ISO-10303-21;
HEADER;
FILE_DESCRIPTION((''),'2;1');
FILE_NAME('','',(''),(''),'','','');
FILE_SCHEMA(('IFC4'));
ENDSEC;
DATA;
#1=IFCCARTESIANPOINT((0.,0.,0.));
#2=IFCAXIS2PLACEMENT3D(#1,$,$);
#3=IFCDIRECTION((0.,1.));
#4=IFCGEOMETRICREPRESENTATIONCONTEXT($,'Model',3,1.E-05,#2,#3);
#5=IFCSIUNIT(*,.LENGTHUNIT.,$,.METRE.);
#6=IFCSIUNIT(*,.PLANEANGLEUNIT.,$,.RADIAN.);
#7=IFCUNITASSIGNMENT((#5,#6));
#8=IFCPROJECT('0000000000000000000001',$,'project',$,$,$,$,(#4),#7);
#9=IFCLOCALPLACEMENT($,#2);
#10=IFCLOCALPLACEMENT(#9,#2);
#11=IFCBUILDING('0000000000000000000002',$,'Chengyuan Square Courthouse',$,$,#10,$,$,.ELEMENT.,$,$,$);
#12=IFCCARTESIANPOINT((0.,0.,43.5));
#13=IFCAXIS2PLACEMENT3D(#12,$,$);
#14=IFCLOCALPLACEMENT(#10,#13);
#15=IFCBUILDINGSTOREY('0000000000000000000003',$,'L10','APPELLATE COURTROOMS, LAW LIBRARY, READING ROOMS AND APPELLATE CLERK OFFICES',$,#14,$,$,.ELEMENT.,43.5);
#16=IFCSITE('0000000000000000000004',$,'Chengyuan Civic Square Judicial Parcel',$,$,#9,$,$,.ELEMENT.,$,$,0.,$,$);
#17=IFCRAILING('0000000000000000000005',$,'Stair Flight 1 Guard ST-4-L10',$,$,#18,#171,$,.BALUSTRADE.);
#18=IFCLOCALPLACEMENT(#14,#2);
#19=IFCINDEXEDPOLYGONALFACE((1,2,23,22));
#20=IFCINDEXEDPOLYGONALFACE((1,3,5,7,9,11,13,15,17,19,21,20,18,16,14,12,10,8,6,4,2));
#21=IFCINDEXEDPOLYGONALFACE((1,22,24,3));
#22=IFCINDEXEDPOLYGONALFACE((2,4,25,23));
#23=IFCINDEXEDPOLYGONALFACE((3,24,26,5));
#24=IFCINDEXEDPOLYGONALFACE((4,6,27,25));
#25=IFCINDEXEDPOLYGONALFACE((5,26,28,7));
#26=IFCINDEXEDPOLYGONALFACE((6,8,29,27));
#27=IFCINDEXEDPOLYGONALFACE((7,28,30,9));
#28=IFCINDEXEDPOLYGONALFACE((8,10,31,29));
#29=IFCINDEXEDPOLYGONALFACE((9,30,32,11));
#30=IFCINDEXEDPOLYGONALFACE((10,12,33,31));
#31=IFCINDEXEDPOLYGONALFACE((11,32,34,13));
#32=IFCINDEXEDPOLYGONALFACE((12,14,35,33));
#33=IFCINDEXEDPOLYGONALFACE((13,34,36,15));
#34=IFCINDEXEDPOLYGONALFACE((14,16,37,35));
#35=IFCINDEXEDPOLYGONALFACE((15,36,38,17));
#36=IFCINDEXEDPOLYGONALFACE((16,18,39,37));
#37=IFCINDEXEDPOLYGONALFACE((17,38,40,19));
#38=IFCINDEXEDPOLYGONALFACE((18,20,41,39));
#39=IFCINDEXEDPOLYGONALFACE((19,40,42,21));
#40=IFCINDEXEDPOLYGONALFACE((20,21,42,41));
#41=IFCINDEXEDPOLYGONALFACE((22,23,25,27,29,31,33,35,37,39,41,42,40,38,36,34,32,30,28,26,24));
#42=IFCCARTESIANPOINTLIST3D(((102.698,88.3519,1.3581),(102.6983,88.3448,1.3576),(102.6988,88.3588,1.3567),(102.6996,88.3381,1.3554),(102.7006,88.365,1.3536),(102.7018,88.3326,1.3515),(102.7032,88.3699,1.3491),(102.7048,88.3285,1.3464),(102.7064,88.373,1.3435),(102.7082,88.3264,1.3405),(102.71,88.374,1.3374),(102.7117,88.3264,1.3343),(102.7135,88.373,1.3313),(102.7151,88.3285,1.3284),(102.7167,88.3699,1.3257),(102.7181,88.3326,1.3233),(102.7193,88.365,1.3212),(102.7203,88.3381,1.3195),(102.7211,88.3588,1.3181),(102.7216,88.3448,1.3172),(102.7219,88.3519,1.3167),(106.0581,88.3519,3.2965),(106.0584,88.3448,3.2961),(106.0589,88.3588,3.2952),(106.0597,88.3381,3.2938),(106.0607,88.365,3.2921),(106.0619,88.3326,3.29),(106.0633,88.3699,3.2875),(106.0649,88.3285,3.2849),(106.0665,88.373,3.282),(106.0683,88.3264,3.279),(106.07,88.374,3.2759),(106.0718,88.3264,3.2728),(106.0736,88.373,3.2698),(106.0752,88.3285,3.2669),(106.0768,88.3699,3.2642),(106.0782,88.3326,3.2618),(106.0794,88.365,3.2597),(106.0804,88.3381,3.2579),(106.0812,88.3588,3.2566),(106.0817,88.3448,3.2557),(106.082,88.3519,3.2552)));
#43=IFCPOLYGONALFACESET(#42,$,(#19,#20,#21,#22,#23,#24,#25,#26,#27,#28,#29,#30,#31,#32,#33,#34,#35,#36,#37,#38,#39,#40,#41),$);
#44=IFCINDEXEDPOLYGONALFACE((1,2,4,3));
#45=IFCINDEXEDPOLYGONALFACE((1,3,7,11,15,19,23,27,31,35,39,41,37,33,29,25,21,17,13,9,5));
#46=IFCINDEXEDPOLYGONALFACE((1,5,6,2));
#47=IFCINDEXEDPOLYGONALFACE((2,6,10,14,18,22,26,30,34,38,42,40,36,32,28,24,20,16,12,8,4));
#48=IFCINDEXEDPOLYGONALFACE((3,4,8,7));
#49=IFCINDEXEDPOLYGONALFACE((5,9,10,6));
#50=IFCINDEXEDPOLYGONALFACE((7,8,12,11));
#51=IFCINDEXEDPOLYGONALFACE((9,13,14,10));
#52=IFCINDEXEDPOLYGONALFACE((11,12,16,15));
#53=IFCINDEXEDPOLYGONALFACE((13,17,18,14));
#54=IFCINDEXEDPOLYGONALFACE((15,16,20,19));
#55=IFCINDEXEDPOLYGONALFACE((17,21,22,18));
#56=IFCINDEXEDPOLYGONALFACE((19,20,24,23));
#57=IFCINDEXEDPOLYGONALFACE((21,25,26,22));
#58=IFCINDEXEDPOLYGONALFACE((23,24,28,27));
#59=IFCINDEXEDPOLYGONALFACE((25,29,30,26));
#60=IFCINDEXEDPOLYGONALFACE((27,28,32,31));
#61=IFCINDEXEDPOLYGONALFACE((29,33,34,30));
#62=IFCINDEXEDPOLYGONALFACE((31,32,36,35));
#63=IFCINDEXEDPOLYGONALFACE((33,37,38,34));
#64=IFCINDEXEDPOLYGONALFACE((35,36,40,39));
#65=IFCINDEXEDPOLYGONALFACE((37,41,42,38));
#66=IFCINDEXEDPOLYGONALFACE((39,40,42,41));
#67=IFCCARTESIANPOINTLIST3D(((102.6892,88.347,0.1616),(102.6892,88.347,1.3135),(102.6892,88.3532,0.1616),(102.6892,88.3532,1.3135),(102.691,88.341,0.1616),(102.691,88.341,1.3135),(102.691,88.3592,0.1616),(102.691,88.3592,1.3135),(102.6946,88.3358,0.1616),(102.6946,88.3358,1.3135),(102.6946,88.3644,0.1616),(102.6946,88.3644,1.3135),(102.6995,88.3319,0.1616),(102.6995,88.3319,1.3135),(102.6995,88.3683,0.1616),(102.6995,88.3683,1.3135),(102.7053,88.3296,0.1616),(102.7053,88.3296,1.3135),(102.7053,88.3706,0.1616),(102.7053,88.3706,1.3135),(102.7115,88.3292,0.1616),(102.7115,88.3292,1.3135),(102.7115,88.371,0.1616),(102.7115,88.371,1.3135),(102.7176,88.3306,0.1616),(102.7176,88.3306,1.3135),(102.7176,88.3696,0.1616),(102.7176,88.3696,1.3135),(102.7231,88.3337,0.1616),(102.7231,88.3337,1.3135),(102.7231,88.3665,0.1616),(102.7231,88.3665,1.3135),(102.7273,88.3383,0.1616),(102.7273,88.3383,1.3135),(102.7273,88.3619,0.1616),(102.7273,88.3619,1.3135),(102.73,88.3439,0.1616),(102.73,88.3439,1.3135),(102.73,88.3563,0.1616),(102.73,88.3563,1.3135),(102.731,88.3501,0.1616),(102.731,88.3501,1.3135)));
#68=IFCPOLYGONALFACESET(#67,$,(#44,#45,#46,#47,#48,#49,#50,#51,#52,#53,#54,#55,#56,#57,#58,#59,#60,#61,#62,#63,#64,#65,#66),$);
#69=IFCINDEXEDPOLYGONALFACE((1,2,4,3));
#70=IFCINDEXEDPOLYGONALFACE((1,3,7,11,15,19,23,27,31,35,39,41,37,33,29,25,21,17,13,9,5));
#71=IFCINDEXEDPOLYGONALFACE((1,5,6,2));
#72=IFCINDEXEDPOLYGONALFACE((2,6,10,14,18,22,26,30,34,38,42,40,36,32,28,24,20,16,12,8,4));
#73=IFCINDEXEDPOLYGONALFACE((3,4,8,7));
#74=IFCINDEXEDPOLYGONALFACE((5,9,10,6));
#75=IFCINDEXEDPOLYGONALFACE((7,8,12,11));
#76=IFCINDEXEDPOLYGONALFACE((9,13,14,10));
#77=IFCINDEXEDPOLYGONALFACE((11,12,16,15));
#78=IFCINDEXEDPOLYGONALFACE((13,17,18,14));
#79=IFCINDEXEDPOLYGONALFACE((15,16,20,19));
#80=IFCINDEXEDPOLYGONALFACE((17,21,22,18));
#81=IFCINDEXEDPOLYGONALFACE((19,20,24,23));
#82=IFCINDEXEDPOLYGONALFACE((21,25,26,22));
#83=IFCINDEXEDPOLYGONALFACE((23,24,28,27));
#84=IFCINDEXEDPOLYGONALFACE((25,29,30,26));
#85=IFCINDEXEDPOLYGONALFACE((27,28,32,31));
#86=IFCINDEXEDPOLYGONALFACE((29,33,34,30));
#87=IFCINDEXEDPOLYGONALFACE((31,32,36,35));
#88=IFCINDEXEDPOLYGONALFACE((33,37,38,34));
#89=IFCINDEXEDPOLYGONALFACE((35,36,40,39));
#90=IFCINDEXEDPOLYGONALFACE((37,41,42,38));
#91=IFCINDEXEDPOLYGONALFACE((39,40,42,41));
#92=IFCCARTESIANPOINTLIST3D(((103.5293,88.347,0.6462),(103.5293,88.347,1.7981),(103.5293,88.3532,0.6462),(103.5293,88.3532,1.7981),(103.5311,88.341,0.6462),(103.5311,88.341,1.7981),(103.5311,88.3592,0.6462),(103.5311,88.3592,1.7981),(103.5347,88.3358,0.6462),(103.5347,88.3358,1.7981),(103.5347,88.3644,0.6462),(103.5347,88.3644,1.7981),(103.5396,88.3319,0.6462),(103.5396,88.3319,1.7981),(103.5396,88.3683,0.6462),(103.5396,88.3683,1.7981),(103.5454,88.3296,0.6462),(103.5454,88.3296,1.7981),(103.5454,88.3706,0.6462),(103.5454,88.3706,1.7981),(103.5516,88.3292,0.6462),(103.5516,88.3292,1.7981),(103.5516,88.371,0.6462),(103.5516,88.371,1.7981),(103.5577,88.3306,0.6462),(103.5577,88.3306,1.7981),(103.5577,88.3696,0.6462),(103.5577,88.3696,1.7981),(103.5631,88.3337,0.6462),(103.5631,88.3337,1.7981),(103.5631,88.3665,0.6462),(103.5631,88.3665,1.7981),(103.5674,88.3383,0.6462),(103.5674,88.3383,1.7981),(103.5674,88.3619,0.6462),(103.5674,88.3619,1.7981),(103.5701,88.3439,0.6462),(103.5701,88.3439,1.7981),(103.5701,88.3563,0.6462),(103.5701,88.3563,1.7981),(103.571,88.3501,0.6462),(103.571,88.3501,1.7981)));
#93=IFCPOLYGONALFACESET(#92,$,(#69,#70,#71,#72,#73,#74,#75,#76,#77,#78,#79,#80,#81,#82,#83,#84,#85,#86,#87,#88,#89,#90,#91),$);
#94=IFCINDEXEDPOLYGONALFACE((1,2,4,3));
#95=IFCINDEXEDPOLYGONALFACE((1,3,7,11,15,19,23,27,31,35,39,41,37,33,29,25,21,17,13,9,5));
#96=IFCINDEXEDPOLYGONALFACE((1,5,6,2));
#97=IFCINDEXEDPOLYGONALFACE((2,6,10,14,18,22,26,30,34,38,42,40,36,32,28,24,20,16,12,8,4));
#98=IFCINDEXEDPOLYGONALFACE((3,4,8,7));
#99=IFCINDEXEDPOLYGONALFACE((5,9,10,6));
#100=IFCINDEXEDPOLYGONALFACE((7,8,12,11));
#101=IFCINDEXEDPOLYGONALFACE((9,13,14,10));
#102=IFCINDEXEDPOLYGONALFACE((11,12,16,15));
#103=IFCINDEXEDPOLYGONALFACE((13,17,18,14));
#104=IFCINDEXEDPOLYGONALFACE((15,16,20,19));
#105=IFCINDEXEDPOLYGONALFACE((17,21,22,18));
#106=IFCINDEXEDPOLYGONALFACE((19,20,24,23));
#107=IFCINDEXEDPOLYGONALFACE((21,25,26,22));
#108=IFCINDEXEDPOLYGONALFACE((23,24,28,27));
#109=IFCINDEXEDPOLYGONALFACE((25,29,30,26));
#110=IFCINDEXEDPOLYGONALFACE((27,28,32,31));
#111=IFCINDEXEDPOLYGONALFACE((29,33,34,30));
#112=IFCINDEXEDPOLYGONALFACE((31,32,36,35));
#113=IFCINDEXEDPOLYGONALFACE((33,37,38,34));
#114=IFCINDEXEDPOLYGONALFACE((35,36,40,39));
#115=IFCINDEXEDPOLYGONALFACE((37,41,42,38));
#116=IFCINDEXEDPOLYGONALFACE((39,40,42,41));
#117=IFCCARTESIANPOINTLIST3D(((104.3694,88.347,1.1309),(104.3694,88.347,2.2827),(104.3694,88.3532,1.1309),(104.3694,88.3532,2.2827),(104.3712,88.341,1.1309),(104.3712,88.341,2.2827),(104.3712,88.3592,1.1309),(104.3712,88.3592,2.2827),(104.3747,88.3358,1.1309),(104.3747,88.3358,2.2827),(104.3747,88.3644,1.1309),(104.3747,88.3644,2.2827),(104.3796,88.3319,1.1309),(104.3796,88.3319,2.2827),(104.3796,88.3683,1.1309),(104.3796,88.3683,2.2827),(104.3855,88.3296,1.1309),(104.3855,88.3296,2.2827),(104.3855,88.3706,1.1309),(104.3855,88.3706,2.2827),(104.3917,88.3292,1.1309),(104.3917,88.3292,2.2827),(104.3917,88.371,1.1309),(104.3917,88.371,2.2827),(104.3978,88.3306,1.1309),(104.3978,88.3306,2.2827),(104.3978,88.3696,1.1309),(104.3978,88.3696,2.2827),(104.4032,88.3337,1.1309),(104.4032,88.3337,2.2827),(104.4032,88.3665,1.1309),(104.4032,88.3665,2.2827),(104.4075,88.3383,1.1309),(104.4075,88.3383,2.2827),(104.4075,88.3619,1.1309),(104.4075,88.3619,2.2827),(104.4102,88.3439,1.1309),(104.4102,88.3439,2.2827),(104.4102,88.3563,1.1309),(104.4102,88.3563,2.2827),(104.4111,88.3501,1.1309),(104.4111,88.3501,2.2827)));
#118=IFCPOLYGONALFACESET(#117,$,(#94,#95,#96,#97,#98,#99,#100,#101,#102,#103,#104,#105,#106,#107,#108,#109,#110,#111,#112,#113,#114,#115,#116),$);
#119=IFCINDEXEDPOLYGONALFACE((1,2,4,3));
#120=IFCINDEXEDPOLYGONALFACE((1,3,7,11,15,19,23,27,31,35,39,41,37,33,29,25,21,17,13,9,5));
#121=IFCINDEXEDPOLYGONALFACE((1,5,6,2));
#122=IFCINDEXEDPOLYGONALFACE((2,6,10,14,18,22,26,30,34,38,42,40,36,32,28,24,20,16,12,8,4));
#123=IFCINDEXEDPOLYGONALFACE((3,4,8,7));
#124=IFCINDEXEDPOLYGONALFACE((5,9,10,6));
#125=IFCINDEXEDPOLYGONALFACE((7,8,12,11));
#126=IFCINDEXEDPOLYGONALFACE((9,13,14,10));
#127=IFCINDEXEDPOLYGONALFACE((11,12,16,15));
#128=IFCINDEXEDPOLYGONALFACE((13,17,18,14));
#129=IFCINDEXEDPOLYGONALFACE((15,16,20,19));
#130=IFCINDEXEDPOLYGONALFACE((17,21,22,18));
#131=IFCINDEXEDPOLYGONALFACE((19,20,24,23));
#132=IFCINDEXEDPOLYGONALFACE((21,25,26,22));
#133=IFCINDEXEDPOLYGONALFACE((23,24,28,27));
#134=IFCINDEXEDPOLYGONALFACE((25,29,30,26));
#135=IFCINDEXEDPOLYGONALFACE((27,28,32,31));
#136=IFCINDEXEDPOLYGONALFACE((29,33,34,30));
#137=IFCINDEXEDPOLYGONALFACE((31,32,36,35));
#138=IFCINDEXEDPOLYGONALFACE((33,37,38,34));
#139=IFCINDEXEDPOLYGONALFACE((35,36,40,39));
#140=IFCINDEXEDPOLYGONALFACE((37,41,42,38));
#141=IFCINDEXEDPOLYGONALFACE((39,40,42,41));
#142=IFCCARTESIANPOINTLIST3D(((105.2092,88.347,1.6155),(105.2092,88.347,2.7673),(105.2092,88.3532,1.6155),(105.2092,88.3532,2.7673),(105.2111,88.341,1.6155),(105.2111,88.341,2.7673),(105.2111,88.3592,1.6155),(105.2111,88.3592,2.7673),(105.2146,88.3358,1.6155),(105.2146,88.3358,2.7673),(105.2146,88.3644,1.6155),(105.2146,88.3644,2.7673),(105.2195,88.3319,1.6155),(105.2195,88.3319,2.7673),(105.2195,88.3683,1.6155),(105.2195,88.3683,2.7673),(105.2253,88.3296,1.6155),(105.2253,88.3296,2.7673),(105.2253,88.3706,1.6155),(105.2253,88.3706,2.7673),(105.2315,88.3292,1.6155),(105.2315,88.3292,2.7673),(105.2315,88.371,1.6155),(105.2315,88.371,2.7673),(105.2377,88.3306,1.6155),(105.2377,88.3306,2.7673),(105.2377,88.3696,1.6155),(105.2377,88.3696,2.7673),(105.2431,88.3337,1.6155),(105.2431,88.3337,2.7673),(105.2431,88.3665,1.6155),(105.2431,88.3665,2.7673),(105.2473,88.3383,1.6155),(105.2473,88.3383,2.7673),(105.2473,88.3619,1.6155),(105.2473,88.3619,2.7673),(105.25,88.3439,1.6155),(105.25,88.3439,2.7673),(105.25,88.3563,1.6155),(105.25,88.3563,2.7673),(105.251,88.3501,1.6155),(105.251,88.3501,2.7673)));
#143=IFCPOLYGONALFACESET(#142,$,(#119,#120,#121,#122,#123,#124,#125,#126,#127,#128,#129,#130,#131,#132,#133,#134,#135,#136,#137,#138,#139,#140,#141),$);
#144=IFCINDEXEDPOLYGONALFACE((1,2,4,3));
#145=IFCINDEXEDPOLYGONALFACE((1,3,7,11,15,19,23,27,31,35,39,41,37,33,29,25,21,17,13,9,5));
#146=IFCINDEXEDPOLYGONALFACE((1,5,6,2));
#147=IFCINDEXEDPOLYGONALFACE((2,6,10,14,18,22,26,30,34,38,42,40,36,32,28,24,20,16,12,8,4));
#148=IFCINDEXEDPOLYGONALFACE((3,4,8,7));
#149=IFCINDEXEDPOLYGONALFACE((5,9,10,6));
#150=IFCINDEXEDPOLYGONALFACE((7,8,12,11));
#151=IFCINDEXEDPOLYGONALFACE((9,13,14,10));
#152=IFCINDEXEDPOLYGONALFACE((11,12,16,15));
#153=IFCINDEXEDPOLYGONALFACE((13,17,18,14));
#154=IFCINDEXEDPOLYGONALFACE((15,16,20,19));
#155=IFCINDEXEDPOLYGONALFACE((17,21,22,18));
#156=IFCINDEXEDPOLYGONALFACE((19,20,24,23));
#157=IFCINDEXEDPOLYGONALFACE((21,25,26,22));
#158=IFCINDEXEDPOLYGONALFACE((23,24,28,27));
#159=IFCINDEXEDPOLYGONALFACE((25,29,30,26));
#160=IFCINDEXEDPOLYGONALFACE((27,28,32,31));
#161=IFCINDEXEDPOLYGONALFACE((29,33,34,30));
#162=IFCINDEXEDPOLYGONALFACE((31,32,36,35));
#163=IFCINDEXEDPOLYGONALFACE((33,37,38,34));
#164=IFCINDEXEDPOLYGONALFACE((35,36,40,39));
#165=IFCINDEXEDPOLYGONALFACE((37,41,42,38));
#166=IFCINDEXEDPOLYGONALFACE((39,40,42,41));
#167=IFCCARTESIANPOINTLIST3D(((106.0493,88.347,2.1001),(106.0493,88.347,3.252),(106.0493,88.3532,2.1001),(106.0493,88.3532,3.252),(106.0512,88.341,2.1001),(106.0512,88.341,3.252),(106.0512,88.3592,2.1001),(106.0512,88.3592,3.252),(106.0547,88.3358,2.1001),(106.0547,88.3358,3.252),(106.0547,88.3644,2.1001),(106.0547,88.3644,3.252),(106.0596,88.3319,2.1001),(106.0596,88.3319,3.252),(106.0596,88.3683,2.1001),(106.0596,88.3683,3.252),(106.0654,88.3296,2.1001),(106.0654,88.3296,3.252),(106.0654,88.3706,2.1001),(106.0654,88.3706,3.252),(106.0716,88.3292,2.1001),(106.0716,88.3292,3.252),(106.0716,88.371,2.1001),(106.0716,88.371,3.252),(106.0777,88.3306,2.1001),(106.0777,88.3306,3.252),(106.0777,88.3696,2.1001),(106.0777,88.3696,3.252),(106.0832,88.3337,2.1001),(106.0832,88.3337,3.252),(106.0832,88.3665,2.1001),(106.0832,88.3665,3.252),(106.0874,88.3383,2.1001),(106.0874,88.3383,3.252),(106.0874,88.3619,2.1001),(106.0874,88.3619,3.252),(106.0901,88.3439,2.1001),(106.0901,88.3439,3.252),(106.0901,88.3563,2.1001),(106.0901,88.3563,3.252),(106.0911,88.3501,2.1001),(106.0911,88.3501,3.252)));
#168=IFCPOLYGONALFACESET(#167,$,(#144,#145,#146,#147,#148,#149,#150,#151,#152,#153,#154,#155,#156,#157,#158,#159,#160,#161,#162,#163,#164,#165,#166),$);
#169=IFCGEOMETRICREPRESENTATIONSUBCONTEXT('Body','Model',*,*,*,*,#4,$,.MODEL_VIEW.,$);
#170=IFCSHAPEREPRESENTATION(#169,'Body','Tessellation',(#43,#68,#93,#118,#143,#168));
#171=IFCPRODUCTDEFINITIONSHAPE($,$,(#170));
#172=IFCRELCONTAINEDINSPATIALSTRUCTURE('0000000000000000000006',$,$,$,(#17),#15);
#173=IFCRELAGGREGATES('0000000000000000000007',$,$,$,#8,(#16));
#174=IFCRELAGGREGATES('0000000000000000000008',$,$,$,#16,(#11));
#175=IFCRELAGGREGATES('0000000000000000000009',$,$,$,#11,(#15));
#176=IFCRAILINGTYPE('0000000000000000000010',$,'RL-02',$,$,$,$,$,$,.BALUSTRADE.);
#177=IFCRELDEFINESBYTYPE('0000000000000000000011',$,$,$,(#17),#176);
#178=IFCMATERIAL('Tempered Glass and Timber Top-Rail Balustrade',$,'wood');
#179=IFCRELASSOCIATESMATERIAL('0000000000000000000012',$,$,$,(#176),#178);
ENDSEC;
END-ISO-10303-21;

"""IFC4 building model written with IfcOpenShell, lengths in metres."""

from ifc_helpers import new_model, si_unit, direction, frame, origin, origin_2d, place, context, subcontext, project, spatial, circle, extrude, material, type_object, element, save


model = new_model("IFC4")

# Units and contexts
model_context = context("Model", 3, precision=1e-05, world=origin(), true_north=direction((0.0, 1.0)))
body_context = subcontext(model_context, "Body", "Model", "MODEL_VIEW")
ifc_project = project(units=[si_unit("LENGTHUNIT", "METRE"), si_unit("PLANEANGLEUNIT", "RADIAN")], contexts=[model_context])

# Site, building, storey
site_placement = place(None, origin())
site = spatial("IfcSite", under=ifc_project, at=site_placement, Name="Chengyuan Civic Square Judicial Parcel", CompositionType="ELEMENT", RefElevation=0.0)
building_placement = place(site_placement, origin())
building = spatial("IfcBuilding", under=site, at=building_placement, Name="Chengyuan Square Courthouse", CompositionType="ELEMENT")
storey_placement = place(building_placement, frame((0.0, 0.0, 43.5)))
storey = spatial("IfcBuildingStorey", under=building, at=storey_placement, Name="L10", Description="APPELLATE COURTROOMS, LAW LIBRARY, READING ROOMS AND APPELLATE CLERK OFFICES", CompositionType="ELEMENT", Elevation=43.5)

# Railing
ifc_material_1 = material(Name="Tempered Glass and Timber Top-Rail Balustrade", Category="wood")
railing_type_1 = type_object("IfcRailingType", Name="RL-02", PredefinedType="BALUSTRADE", material=ifc_material_1)
railing_1_placement = place(storey_placement, frame((102.71, 88.3501, 0.1616)))
element("IfcRailing", 1, at=railing_1_placement, inside=storey, type_object=railing_type_1, Name="Stair Flight 1 Guard ST-4-L10", PredefinedType="BALUSTRADE", context=body_context, shape_type="SweptSolid", body=[
    extrude(circle(Radius=0.0239, at=origin_2d()), frame((0.0, 0.0, 1.1758), z_axis=(0.866191, 0.0, 0.499713), x_axis=(0.0, 1.0, 0.0)), (0.0, 0.0, 1.0), 3.8792),
    extrude(circle(Radius=0.021, at=origin_2d()), origin(), (0.0, 0.0, 1.0), 1.1519),
    extrude(circle(Radius=0.021, at=origin_2d()), frame((0.8401, 0.0, 0.4846)), (0.0, 0.0, 1.0), 1.1519),
    extrude(circle(Radius=0.021, at=origin_2d()), frame((1.6802, 0.0, 0.9692)), (0.0, 0.0, 1.0), 1.1519),
    extrude(circle(Radius=0.021, at=origin_2d()), frame((2.52, 0.0, 1.4539)), (0.0, 0.0, 1.0), 1.1519),
    extrude(circle(Radius=0.021, at=origin_2d()), frame((3.3601, 0.0, 1.9385)), (0.0, 0.0, 1.0), 1.1519),
])

save(model, "model.ifc")
